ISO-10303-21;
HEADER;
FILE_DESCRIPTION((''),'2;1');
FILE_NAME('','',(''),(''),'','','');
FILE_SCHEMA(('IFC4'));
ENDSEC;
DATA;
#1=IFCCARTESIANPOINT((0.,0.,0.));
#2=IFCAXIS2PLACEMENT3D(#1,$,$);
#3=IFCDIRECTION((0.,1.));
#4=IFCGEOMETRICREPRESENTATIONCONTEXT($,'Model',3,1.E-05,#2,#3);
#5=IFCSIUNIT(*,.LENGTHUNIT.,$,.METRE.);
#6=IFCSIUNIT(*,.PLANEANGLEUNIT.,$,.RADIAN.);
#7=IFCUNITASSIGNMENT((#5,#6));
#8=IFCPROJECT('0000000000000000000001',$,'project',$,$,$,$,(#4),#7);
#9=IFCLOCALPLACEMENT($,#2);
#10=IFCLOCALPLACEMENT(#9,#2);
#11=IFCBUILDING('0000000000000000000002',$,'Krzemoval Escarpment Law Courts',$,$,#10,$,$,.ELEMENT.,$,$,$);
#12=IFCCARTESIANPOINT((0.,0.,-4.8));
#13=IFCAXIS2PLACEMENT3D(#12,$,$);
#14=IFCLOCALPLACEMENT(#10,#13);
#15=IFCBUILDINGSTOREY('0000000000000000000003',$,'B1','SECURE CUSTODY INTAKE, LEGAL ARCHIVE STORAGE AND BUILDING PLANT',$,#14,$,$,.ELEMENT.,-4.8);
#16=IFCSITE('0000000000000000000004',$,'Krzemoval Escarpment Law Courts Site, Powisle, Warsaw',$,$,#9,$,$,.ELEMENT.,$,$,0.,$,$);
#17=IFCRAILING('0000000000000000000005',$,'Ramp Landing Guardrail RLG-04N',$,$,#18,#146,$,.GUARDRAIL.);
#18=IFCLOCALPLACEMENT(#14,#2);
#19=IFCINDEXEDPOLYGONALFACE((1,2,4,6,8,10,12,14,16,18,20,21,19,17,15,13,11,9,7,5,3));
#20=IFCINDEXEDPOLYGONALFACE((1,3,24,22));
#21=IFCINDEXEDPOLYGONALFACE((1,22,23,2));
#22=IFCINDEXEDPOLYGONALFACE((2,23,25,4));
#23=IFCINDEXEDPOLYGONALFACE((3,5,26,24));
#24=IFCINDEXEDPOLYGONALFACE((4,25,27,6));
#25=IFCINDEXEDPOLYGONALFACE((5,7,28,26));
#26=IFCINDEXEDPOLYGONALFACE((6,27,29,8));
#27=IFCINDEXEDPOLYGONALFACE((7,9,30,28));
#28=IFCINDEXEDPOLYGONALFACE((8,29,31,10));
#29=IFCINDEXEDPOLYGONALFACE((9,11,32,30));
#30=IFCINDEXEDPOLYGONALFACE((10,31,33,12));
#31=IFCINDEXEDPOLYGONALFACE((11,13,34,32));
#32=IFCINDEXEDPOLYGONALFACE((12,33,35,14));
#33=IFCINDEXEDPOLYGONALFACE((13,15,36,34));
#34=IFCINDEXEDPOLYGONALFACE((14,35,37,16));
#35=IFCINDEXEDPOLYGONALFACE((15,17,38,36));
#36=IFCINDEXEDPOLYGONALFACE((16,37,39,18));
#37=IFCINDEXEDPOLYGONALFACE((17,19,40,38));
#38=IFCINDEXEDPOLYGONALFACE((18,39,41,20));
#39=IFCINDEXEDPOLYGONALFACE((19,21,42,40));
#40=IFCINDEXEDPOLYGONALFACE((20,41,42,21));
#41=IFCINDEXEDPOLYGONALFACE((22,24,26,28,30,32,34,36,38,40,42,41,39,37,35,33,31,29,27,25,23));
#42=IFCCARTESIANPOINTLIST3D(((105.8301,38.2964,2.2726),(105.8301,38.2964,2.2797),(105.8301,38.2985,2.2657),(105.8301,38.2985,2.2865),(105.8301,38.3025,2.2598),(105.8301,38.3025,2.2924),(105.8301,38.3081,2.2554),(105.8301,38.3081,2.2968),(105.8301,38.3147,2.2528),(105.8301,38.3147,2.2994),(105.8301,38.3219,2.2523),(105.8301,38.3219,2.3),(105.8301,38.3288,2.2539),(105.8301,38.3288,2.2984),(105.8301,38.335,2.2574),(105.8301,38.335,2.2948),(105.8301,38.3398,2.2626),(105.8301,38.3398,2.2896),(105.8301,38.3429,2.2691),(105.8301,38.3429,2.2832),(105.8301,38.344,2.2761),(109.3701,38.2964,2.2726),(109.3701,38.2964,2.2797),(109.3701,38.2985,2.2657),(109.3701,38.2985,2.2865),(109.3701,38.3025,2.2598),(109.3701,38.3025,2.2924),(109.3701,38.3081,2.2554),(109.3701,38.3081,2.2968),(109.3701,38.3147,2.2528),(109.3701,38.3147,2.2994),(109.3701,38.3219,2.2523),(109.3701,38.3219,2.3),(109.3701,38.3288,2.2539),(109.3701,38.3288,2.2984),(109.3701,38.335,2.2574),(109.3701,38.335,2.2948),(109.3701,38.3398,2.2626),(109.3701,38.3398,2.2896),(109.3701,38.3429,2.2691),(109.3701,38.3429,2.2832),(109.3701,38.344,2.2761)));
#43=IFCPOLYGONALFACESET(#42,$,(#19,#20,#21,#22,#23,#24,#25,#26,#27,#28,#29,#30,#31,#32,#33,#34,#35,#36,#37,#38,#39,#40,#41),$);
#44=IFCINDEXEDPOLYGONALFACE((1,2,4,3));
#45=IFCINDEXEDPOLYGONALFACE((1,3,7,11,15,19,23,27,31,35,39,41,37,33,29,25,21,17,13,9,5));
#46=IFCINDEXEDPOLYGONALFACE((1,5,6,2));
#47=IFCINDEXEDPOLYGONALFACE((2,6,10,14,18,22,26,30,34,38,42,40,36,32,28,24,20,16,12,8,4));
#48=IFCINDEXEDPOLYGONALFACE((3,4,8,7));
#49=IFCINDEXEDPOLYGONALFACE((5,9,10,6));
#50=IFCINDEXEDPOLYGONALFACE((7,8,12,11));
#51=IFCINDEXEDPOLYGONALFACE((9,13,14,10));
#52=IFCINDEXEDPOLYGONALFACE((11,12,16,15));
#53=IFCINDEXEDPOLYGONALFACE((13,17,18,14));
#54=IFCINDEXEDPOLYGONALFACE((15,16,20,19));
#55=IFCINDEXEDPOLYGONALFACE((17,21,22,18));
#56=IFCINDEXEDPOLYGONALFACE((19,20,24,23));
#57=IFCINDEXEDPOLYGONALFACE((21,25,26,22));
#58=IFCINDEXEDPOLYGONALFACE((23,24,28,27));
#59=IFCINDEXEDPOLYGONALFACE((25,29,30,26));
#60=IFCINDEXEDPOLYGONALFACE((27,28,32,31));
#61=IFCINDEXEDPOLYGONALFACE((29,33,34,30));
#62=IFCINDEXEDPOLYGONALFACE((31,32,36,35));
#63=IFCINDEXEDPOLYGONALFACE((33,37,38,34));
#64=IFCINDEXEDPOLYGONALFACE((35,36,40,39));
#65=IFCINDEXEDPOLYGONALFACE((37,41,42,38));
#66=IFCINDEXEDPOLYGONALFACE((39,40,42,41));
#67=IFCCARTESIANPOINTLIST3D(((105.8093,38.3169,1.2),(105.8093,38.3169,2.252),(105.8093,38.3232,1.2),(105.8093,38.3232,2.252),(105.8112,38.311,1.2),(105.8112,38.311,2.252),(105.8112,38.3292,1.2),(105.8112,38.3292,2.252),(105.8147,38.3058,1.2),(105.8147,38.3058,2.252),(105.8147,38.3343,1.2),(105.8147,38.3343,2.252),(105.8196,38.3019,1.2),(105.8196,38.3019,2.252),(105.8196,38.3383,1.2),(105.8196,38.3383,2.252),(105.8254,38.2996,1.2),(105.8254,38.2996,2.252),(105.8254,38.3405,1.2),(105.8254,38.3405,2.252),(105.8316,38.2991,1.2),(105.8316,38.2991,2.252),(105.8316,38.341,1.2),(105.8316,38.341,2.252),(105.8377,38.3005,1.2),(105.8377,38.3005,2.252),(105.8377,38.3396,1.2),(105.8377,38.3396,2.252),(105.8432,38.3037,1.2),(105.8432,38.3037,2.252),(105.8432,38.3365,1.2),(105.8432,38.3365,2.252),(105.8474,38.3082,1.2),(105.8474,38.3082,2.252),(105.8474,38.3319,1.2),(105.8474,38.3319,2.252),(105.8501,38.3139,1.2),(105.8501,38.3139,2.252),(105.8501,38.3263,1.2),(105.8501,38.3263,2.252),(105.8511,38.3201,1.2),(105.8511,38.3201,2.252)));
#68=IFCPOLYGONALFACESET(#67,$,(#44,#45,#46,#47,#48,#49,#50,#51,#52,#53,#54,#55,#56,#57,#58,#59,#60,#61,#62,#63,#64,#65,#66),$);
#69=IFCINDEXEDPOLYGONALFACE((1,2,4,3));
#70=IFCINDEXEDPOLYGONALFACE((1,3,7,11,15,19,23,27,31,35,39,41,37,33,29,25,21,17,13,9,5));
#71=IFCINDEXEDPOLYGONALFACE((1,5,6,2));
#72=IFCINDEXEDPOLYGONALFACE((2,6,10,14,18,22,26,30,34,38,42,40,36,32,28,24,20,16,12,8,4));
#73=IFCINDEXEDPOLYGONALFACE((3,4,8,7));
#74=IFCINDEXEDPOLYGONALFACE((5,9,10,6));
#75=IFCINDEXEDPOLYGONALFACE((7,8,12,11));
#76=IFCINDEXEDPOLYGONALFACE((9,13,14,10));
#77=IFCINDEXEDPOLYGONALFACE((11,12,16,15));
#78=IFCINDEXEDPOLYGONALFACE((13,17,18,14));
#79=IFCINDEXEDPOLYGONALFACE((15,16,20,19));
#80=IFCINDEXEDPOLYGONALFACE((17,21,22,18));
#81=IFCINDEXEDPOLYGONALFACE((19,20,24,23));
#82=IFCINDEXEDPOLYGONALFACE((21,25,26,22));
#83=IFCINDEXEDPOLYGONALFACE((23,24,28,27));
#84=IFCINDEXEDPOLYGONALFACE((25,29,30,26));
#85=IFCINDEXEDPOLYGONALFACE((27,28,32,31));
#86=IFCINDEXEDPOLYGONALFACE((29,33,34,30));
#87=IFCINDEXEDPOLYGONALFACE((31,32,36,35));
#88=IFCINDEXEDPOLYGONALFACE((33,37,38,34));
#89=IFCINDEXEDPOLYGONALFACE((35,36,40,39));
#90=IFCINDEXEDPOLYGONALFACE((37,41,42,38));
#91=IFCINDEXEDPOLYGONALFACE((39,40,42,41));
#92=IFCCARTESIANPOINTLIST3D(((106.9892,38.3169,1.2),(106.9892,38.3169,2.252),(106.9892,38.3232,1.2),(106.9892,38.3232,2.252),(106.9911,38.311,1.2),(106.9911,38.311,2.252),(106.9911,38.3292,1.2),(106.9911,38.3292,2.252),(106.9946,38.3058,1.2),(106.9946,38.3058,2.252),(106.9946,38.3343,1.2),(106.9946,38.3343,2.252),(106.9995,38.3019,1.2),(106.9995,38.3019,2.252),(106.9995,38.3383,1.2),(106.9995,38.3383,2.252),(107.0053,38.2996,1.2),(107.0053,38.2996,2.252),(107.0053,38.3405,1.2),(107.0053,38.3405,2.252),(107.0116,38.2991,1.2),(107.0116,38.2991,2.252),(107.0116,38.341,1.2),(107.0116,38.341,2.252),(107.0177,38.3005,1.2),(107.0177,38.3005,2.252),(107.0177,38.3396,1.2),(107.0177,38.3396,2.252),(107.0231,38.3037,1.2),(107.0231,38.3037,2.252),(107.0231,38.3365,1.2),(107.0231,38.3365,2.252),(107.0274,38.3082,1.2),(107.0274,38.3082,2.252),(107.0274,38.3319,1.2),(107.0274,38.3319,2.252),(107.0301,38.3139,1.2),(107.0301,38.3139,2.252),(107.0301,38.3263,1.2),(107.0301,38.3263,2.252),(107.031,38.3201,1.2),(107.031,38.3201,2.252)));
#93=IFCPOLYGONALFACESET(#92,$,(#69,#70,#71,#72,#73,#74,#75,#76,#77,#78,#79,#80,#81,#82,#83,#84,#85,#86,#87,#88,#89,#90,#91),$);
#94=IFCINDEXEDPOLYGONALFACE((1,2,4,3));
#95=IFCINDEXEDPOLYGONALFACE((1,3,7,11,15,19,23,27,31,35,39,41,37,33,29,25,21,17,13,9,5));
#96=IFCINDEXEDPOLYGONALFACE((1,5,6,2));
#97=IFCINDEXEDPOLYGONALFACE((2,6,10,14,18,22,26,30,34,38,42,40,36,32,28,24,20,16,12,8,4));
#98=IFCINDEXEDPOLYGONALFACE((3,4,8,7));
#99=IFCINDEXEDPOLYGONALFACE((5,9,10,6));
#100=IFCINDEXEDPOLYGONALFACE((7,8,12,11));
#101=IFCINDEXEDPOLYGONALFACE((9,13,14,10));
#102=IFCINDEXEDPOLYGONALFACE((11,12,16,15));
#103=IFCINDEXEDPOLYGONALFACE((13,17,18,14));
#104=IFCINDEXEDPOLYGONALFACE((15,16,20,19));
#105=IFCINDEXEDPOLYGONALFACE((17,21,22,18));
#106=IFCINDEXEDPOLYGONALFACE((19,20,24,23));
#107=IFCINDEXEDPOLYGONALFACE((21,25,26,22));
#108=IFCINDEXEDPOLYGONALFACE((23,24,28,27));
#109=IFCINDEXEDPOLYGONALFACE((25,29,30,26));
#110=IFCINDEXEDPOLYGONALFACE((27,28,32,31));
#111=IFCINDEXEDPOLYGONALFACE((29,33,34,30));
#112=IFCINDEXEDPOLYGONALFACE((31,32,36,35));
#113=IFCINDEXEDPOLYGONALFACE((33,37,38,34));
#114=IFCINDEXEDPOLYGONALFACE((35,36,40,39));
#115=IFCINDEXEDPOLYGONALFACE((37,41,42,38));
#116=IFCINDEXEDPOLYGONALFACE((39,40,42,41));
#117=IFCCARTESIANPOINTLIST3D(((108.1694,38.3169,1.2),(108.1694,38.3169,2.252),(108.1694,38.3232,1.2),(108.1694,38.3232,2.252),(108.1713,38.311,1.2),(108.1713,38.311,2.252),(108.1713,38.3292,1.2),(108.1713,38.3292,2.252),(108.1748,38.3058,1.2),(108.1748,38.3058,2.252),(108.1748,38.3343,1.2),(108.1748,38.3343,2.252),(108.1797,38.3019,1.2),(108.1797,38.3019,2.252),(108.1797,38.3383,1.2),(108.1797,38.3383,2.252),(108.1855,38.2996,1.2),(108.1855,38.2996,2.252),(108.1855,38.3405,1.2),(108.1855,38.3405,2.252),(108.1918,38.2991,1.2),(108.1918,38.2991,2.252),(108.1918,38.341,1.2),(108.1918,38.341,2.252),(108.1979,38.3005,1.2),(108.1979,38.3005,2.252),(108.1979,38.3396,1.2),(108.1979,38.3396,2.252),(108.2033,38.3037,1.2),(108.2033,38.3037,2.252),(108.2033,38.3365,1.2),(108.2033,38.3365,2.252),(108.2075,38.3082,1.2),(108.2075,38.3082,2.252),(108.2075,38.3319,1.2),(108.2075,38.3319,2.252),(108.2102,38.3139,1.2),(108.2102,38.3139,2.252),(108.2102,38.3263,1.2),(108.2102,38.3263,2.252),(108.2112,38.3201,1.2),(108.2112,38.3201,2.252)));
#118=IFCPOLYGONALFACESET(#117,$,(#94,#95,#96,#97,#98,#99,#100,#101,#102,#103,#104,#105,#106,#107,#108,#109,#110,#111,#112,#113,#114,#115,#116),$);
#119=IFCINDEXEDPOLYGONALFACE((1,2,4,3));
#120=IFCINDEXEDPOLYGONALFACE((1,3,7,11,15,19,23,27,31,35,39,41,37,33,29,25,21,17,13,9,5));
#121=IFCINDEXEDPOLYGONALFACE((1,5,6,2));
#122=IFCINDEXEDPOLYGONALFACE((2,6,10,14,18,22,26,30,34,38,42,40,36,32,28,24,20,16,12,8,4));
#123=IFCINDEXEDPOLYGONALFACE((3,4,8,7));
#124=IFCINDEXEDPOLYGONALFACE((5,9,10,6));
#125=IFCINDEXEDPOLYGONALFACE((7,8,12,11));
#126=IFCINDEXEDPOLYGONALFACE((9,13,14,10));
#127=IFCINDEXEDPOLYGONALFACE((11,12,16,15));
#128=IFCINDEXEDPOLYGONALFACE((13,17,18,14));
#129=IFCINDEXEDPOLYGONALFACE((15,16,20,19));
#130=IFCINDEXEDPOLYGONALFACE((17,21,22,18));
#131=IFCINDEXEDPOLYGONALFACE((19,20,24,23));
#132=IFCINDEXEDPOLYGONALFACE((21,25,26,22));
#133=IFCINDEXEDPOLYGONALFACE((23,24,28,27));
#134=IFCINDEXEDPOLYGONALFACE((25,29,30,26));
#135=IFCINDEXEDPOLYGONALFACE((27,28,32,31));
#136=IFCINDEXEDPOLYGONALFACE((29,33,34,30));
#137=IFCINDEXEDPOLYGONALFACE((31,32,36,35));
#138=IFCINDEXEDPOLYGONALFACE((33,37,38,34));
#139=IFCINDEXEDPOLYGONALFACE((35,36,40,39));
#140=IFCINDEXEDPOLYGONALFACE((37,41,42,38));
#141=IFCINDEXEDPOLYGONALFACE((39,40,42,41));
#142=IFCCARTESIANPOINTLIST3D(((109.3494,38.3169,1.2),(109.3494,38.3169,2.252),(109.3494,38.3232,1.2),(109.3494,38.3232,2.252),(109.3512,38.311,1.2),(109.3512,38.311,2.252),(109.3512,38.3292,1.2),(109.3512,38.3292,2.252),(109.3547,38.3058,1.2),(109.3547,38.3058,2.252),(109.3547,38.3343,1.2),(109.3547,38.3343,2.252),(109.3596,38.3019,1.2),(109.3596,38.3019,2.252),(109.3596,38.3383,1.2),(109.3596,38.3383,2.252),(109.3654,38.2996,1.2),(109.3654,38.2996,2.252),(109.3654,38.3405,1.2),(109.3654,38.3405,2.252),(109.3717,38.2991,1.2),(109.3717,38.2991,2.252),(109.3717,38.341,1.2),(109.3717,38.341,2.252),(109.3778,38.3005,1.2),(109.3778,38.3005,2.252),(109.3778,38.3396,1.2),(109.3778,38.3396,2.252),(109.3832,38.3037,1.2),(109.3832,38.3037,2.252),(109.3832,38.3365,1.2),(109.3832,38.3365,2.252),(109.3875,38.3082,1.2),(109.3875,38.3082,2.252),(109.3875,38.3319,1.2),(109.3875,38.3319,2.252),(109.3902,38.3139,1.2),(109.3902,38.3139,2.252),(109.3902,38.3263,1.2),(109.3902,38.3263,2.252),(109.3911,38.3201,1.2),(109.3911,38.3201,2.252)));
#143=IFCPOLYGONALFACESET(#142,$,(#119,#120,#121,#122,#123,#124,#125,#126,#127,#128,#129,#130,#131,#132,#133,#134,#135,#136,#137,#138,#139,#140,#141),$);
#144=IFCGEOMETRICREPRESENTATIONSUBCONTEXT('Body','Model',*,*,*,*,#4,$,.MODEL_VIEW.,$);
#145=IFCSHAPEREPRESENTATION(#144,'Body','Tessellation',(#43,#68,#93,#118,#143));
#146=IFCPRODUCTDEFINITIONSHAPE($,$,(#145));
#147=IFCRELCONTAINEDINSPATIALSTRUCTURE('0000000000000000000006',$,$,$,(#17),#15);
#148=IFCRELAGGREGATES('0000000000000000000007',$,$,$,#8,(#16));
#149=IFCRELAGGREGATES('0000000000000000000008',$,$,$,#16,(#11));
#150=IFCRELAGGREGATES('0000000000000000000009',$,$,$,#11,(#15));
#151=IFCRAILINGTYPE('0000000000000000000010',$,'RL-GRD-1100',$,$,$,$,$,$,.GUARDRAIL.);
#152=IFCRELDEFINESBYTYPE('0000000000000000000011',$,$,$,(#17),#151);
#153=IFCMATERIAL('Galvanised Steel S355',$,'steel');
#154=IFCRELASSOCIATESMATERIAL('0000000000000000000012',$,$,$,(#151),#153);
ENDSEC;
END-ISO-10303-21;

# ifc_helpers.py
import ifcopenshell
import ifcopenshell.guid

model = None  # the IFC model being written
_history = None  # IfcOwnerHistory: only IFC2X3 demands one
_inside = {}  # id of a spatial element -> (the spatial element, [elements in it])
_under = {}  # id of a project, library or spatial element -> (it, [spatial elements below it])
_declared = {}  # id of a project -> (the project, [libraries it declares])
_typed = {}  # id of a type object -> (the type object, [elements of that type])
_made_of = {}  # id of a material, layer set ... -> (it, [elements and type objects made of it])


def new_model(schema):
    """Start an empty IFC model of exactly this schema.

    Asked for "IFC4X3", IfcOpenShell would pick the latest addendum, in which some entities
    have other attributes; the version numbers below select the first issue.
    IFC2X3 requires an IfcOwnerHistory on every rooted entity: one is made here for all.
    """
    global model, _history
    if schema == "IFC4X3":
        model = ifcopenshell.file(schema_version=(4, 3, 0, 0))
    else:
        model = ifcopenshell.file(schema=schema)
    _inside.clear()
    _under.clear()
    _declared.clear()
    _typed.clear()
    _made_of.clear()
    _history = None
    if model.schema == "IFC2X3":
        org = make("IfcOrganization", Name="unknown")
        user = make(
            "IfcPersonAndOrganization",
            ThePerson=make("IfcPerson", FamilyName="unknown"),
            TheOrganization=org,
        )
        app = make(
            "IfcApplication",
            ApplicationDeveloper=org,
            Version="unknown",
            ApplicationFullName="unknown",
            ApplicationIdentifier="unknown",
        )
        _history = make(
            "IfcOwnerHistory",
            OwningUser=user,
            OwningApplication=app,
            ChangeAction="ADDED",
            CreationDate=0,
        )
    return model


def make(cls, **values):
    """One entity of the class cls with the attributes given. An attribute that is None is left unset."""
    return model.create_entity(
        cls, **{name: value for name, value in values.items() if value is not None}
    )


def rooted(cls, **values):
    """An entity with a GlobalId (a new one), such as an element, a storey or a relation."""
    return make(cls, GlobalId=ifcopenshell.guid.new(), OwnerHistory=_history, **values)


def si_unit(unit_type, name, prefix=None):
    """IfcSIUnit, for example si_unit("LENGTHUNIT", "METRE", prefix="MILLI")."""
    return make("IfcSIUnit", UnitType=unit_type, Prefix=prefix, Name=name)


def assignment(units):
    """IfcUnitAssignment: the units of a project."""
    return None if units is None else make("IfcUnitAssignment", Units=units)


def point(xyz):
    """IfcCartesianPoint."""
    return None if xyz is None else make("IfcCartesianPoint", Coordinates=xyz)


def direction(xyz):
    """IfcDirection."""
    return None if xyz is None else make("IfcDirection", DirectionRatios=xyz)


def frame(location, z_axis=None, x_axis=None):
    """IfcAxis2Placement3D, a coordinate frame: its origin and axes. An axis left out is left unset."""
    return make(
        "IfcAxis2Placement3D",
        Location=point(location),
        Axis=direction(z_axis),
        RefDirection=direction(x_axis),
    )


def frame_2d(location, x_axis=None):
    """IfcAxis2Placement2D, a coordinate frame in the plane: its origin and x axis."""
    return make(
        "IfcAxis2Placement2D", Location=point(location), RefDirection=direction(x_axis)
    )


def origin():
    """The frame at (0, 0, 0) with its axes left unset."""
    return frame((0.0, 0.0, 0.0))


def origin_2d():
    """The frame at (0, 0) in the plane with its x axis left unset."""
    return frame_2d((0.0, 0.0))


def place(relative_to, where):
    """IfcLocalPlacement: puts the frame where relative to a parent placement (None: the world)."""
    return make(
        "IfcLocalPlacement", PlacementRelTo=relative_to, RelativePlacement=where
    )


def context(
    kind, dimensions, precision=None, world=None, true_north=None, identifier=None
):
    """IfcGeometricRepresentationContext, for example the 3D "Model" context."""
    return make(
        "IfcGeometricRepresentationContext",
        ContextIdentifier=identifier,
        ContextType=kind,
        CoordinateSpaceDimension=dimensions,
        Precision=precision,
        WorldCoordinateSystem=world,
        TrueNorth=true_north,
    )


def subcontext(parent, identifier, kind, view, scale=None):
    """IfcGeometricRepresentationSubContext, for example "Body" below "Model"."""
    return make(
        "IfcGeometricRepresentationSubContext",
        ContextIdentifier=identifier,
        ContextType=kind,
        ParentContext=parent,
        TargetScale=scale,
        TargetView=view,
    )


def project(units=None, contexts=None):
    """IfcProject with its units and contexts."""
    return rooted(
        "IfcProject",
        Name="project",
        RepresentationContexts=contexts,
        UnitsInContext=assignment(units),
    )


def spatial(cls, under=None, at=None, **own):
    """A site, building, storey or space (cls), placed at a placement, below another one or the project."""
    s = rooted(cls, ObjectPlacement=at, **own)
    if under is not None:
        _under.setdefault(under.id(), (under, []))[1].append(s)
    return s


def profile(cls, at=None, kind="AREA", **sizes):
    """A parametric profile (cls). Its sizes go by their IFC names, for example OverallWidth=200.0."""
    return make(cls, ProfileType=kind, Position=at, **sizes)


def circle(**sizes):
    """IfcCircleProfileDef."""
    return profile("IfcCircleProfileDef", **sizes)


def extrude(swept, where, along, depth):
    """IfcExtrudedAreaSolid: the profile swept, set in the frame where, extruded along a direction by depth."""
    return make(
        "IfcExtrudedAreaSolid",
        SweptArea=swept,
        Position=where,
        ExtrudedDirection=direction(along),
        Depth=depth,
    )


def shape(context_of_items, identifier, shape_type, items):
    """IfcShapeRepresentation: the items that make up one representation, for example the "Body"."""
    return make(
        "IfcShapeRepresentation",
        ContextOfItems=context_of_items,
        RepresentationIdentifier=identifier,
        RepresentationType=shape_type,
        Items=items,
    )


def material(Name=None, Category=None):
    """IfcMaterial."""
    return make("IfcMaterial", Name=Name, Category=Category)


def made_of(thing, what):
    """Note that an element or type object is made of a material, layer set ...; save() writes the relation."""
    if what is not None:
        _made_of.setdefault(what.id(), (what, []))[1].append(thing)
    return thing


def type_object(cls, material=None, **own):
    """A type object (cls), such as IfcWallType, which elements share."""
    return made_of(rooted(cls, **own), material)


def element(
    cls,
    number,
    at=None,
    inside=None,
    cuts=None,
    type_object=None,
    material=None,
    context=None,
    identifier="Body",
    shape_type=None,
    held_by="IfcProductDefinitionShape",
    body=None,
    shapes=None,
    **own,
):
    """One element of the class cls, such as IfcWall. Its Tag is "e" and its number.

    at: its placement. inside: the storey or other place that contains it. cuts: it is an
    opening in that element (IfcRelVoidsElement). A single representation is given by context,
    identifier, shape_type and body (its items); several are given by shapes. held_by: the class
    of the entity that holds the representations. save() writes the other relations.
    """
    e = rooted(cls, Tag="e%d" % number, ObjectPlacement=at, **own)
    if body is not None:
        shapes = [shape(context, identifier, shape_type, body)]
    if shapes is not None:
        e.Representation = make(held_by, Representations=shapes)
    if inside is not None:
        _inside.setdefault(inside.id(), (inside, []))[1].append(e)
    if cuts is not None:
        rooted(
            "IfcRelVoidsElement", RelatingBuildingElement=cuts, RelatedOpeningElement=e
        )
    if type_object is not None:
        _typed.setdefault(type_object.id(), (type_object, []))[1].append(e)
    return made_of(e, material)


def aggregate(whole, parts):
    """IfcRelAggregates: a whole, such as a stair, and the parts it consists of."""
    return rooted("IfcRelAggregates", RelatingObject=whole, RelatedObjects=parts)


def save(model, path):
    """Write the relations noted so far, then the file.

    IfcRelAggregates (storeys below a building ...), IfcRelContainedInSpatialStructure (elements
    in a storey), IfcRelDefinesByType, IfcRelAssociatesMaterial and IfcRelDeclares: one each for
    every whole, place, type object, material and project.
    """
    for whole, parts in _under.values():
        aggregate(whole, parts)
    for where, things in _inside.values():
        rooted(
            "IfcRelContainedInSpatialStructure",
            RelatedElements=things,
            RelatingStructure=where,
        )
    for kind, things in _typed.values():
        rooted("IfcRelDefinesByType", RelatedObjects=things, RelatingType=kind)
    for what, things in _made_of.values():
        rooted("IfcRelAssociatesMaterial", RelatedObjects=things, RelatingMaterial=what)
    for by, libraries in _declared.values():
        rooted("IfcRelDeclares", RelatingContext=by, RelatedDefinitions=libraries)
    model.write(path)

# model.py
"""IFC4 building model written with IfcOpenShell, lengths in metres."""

from ifc_helpers import new_model, si_unit, direction, frame, origin, origin_2d, place, context, subcontext, project, spatial, circle, extrude, material, type_object, element, save


model = new_model("IFC4")

# Units and contexts
model_context = context("Model", 3, precision=1e-05, world=origin(), true_north=direction((0.0, 1.0)))
body_context = subcontext(model_context, "Body", "Model", "MODEL_VIEW")
ifc_project = project(units=[si_unit("LENGTHUNIT", "METRE"), si_unit("PLANEANGLEUNIT", "RADIAN")], contexts=[model_context])

# Site, building, storey
site_placement = place(None, origin())
site = spatial("IfcSite", under=ifc_project, at=site_placement, Name="Krzemoval Escarpment Law Courts Site, Powisle, Warsaw", CompositionType="ELEMENT", RefElevation=0.0)
building_placement = place(site_placement, origin())
building = spatial("IfcBuilding", under=site, at=building_placement, Name="Krzemoval Escarpment Law Courts", CompositionType="ELEMENT")
storey_placement = place(building_placement, frame((0.0, 0.0, -4.8)))
storey = spatial("IfcBuildingStorey", under=building, at=storey_placement, Name="B1", Description="SECURE CUSTODY INTAKE, LEGAL ARCHIVE STORAGE AND BUILDING PLANT", CompositionType="ELEMENT", Elevation=-4.8)

# Railing
ifc_material_1 = material(Name="Galvanised Steel S355", Category="steel")
railing_type_1 = type_object("IfcRailingType", Name="RL-GRD-1100", PredefinedType="GUARDRAIL", material=ifc_material_1)
for number, where, name in (
    (1, (105.8301, 38.3201, 1.2), "Ramp Landing Guardrail RLG-04N"),
):
    element("IfcRailing", number, at=place(storey_placement, frame(where)), inside=storey, type_object=railing_type_1, Name=name, PredefinedType="GUARDRAIL", context=body_context, shape_type="SweptSolid", body=[
        extrude(circle(Radius=0.0239, at=origin_2d()), frame((0.0, 0.0, 1.0762), z_axis=(1.0, 0.0, 0.0), x_axis=(0.0, 1.0, 0.0)), (0.0, 0.0, 1.0), 3.54),
        extrude(circle(Radius=0.021, at=origin_2d()), origin(), (0.0, 0.0, 1.0), 1.052),
        extrude(circle(Radius=0.021, at=origin_2d()), frame((1.1799, 0.0, 0.0)), (0.0, 0.0, 1.0), 1.052),
        extrude(circle(Radius=0.021, at=origin_2d()), frame((2.3601, 0.0, 0.0)), (0.0, 0.0, 1.0), 1.052),
        extrude(circle(Radius=0.021, at=origin_2d()), frame((3.54, 0.0, 0.0)), (0.0, 0.0, 1.0), 1.052),
    ])

save(model, "model.ifc")
